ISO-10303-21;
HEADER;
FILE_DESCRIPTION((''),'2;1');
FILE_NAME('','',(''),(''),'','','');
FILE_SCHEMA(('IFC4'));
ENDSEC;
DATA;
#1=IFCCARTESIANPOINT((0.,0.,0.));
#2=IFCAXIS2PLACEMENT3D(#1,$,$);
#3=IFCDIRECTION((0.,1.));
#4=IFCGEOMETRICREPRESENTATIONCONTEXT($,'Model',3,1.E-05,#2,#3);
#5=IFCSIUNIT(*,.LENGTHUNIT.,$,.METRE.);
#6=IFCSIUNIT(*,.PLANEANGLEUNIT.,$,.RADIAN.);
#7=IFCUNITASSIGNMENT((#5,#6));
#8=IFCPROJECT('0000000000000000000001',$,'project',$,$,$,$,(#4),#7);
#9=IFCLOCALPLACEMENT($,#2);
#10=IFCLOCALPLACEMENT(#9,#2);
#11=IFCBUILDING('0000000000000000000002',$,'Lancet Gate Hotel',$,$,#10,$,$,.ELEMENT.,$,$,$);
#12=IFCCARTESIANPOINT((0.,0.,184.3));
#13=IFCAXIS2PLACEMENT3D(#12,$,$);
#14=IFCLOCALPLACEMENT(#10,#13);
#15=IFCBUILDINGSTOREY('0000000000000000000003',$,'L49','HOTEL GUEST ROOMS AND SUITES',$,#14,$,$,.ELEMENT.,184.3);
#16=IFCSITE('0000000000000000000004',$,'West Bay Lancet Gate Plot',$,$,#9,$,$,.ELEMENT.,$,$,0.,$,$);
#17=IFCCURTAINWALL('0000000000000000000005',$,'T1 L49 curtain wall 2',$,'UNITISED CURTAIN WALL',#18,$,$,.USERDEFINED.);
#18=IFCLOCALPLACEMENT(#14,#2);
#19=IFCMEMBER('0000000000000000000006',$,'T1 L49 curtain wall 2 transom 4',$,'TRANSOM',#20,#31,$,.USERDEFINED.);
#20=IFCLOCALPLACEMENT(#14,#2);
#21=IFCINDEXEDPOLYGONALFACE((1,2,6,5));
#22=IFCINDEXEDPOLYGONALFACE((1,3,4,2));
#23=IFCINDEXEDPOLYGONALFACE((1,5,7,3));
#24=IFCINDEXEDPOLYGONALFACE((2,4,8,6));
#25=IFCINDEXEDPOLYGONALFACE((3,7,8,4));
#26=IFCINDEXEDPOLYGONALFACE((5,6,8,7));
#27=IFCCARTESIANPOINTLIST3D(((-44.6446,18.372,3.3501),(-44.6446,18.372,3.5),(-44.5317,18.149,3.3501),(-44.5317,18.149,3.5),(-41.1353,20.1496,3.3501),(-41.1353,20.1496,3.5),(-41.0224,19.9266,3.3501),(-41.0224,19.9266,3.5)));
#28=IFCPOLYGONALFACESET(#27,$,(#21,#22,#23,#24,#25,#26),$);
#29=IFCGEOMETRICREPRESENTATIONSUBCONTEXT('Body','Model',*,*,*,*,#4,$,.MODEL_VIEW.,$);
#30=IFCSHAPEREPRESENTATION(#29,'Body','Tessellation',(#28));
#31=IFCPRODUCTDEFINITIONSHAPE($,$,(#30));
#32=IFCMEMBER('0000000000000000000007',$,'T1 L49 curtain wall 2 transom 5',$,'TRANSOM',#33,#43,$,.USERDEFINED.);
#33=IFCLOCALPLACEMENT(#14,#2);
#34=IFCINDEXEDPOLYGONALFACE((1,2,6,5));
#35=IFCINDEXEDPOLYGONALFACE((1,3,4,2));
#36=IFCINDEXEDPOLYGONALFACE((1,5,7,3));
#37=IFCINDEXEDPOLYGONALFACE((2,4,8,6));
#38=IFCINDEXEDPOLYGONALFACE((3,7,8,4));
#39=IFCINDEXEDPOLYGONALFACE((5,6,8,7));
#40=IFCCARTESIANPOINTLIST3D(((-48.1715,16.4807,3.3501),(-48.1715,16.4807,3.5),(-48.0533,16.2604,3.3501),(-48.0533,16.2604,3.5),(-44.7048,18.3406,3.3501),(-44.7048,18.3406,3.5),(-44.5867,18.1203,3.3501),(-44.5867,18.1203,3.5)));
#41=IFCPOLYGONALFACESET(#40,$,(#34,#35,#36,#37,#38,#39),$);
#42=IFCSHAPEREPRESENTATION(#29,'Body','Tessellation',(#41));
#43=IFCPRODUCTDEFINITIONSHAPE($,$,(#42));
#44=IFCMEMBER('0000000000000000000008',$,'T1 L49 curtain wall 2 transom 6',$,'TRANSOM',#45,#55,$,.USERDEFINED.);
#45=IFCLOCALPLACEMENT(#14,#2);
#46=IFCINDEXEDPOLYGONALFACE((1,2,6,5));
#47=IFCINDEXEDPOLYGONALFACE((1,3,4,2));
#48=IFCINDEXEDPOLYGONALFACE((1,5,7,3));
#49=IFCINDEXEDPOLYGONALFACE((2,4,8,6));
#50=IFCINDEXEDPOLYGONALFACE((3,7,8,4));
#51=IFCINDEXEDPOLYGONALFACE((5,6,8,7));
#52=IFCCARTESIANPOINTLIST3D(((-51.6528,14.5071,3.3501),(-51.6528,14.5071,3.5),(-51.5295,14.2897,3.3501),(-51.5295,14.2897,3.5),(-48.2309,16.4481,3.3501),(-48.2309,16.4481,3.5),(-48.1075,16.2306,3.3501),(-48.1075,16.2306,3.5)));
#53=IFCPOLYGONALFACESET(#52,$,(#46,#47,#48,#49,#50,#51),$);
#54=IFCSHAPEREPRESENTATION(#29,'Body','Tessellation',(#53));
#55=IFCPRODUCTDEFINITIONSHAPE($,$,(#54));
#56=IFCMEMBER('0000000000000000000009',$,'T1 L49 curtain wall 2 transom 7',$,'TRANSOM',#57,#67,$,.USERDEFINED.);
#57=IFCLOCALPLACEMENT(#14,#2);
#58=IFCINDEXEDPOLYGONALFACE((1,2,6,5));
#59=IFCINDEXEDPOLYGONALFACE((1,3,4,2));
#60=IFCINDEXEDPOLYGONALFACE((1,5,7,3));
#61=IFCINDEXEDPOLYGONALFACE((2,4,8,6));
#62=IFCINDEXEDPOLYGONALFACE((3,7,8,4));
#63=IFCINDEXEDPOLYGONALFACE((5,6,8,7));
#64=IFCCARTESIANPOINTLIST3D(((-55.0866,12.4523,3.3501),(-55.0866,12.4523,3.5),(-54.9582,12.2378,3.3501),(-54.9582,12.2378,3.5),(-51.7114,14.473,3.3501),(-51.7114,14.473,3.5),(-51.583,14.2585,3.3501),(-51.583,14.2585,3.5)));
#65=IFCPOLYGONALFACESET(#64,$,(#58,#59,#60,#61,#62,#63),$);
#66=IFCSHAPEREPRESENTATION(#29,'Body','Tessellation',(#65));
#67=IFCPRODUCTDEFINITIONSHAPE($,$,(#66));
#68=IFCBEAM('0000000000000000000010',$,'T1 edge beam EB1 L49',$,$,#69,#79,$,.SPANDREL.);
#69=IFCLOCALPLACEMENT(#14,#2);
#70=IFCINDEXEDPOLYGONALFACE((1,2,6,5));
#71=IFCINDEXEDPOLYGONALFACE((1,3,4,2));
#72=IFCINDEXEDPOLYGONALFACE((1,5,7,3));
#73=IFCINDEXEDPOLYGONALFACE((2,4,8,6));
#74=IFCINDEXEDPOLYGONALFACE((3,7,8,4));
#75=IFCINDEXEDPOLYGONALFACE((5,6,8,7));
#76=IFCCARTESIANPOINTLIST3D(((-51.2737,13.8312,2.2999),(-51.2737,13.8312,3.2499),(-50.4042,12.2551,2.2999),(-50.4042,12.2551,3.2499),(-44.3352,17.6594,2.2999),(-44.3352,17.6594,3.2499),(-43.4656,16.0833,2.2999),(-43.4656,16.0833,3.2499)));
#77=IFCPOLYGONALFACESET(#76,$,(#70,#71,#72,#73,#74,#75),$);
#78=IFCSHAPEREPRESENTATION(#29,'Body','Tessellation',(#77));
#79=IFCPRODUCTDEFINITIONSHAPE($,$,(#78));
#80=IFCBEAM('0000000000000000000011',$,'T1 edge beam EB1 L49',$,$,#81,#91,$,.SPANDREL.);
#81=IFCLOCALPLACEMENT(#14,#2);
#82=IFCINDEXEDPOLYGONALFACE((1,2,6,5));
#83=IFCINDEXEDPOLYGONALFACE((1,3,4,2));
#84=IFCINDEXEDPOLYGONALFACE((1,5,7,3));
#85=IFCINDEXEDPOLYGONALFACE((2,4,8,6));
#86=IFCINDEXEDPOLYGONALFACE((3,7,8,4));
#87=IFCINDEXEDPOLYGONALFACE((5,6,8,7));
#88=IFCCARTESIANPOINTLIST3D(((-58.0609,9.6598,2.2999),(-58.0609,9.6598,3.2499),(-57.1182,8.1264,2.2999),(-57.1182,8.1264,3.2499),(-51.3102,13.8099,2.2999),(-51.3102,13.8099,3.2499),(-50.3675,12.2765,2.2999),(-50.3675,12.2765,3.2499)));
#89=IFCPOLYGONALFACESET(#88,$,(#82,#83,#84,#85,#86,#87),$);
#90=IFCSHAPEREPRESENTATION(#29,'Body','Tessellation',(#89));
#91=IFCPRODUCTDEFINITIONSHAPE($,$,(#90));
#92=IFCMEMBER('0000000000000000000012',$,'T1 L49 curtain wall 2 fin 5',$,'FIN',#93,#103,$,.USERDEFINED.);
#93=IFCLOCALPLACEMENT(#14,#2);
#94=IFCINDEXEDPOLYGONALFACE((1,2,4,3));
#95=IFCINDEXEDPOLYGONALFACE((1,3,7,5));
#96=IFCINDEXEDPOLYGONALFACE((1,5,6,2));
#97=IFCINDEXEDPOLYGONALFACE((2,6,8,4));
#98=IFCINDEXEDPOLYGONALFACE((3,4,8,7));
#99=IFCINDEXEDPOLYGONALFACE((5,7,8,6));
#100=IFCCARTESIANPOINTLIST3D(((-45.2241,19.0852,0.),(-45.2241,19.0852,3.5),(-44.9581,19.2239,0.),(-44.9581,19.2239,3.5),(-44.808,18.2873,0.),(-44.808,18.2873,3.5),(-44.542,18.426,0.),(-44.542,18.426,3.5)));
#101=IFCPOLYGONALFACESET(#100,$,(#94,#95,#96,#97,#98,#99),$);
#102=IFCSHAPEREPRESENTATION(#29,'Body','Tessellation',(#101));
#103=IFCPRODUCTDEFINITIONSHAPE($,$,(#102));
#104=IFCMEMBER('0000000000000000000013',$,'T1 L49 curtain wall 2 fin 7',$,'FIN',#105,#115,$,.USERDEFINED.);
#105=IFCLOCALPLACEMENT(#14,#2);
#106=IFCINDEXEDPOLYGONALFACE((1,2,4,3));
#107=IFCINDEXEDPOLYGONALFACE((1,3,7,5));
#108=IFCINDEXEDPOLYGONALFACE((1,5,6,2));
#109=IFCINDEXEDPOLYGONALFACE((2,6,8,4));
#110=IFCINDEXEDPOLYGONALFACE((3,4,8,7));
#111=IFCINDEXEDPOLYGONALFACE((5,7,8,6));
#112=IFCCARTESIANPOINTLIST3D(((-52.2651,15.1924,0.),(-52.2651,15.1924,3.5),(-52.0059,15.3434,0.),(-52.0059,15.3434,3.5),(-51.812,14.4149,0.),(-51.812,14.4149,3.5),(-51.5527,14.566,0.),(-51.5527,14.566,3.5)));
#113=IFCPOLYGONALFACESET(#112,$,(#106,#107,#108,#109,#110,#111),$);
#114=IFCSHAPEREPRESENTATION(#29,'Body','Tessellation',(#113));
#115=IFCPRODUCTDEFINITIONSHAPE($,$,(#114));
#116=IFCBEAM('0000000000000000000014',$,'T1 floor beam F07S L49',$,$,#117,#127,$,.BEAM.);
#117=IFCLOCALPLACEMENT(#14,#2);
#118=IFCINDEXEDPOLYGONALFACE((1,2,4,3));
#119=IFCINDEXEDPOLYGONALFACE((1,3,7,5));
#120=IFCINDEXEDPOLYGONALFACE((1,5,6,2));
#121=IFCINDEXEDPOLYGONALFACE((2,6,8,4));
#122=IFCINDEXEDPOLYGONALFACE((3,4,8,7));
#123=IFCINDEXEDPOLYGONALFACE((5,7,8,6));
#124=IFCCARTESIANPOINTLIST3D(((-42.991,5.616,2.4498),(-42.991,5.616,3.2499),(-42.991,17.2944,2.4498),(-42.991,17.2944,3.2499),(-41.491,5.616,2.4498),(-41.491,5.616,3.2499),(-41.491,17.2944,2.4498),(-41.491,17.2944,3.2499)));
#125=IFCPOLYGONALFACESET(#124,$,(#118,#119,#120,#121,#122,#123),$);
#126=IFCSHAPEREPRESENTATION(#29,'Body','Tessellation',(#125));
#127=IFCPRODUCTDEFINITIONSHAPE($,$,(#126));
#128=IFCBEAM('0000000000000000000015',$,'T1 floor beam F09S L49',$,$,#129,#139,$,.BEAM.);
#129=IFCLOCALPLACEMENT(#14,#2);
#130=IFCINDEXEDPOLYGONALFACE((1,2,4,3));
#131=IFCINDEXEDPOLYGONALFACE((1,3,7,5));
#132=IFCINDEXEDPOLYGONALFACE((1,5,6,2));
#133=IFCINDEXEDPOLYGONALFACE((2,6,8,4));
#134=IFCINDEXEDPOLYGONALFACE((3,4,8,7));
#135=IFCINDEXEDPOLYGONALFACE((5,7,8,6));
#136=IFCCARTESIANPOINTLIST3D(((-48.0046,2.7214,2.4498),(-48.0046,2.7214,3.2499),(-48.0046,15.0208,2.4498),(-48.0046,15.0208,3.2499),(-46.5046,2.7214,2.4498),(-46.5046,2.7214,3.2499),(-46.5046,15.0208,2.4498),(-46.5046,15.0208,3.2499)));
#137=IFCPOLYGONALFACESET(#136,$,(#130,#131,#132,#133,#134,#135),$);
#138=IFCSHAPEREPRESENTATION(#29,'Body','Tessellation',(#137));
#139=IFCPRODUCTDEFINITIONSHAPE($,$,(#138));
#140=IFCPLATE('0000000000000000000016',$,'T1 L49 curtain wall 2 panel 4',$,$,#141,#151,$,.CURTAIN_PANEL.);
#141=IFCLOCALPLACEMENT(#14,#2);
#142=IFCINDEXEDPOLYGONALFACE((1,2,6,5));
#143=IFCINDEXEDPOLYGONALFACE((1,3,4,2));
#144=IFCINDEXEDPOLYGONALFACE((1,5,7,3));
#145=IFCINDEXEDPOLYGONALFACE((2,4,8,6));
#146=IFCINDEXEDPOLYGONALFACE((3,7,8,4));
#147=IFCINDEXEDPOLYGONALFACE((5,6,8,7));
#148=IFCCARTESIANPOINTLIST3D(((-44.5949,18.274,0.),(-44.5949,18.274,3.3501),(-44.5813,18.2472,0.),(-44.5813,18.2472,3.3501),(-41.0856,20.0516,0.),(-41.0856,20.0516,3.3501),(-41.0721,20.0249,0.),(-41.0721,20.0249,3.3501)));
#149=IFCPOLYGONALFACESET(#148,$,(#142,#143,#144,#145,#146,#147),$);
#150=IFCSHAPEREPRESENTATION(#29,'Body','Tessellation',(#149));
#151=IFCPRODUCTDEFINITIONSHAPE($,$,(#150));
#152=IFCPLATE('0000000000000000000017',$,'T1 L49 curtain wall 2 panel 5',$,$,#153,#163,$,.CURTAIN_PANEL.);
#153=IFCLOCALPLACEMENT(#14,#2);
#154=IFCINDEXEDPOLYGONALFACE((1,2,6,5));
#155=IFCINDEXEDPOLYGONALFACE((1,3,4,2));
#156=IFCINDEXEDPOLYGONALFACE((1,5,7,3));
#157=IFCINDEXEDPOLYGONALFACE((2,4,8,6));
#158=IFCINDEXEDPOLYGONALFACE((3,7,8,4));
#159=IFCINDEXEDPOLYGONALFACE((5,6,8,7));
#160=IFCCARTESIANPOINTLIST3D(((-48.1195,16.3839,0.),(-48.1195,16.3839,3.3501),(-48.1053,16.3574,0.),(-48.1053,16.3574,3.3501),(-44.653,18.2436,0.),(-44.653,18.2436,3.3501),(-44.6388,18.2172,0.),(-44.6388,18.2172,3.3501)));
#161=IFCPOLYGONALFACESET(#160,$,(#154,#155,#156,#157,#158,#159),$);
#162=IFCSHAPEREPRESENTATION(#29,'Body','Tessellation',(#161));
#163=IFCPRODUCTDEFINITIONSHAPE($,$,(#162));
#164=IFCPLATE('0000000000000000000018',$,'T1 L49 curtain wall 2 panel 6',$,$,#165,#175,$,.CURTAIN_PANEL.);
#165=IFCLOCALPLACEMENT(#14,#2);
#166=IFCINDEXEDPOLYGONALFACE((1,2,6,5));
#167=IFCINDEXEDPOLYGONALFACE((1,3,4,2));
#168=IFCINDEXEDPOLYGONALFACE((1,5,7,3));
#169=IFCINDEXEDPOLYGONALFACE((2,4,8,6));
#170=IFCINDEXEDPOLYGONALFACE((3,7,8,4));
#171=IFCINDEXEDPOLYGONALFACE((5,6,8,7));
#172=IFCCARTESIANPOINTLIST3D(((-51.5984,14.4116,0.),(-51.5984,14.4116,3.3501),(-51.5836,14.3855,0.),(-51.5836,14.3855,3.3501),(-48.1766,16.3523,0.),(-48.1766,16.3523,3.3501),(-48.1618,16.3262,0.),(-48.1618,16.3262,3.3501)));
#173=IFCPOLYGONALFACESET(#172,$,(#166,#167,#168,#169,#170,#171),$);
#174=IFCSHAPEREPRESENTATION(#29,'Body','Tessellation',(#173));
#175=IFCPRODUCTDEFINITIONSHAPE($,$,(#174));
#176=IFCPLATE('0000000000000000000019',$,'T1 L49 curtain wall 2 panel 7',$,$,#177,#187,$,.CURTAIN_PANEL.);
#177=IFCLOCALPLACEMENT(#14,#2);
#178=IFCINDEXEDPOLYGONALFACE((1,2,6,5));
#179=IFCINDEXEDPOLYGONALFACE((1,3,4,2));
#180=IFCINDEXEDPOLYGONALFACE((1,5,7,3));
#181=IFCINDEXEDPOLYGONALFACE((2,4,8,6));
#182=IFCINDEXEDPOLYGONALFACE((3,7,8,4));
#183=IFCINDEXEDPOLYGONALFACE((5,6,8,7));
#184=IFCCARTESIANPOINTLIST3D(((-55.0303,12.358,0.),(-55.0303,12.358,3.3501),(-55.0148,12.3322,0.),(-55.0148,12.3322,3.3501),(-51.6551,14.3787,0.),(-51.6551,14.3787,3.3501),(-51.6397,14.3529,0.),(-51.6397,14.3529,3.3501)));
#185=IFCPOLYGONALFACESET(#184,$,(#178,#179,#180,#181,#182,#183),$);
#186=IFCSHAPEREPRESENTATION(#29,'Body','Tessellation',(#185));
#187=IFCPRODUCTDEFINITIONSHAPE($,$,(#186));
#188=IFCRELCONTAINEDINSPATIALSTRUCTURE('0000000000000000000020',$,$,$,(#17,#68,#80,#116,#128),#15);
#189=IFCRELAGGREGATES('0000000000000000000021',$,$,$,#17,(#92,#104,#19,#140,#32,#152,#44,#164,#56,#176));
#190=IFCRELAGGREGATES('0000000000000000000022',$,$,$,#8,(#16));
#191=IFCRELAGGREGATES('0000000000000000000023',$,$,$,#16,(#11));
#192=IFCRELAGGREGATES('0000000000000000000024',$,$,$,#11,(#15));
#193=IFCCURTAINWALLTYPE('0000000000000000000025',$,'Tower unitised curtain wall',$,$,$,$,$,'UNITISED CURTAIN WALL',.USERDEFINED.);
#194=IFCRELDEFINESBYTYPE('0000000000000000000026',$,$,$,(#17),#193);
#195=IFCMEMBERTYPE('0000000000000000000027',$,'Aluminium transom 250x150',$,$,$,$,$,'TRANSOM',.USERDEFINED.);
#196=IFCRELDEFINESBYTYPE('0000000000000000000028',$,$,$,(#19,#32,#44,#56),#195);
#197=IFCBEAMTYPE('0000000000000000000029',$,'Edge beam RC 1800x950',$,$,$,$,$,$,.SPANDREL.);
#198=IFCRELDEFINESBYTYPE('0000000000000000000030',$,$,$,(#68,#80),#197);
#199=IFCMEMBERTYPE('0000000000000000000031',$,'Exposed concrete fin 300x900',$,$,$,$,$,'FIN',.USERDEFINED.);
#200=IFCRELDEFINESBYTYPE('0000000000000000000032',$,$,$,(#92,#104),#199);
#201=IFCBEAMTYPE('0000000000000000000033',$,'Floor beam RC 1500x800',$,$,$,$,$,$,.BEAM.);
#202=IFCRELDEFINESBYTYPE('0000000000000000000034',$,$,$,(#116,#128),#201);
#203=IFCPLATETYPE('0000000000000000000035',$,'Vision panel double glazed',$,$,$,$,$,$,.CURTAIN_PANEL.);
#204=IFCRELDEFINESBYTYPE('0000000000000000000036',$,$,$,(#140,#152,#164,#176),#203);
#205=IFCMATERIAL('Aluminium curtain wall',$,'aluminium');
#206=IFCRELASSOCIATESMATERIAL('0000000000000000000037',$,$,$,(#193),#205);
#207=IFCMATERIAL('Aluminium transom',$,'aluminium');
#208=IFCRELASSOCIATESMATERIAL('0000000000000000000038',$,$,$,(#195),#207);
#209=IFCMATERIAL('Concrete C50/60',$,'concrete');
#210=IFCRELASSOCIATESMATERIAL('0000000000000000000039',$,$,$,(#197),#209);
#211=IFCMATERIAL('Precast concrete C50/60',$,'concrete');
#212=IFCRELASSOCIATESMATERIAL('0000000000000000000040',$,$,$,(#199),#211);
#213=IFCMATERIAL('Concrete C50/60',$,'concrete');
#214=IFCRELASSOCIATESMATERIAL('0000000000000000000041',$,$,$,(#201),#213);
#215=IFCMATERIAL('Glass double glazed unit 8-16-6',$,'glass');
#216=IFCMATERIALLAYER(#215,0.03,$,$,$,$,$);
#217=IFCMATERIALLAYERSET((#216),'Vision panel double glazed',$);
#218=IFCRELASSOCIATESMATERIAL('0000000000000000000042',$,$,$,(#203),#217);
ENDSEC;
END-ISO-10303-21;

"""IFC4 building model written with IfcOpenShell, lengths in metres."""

from ifc_helpers import new_model, si_unit, direction, frame, origin, origin_2d, place, context, subcontext, project, spatial, rectangle, extrude, material, layer, layer_set, material_profile, profile_set, type_object, element, aggregate, save


model = new_model("IFC4")

# Units and contexts
model_context = context("Model", 3, precision=1e-05, world=origin(), true_north=direction((0.0, 1.0)))
body_context = subcontext(model_context, "Body", "Model", "MODEL_VIEW")
ifc_project = project(units=[si_unit("LENGTHUNIT", "METRE"), si_unit("PLANEANGLEUNIT", "RADIAN")], contexts=[model_context])

# Site, building, storey
site_placement = place(None, origin())
site = spatial("IfcSite", under=ifc_project, at=site_placement, Name="West Bay Lancet Gate Plot", CompositionType="ELEMENT", RefElevation=0.0)
building_placement = place(site_placement, origin())
building = spatial("IfcBuilding", under=site, at=building_placement, Name="Lancet Gate Hotel", CompositionType="ELEMENT")
storey_placement = place(building_placement, frame((0.0, 0.0, 184.3)))
storey = spatial("IfcBuildingStorey", under=building, at=storey_placement, Name="L49", Description="HOTEL GUEST ROOMS AND SUITES", CompositionType="ELEMENT", Elevation=184.3)

# Curtain wall, members
ifc_material_1 = material(Name="Aluminium curtain wall", Category="aluminium")
curtain_wall_type = type_object("IfcCurtainWallType", Name="Tower unitised curtain wall", ElementType="UNITISED CURTAIN WALL", PredefinedType="USERDEFINED", material=ifc_material_1)
curtain_wall_placement = place(storey_placement, origin())
curtain_wall = element("IfcCurtainWall", 1, at=curtain_wall_placement, inside=storey, type_object=curtain_wall_type, Name="T1 L49 curtain wall 2", ObjectType="UNITISED CURTAIN WALL", PredefinedType="USERDEFINED")
ifc_material_2 = material(Name="Aluminium transom", Category="aluminium")
ifc_material_profile_1 = material_profile(ifc_material_2, rectangle(XDim=0.25, YDim=0.1499, at=origin_2d()), Name="TRANSOM 250x150")
ifc_profile_set_1 = profile_set([ifc_material_profile_1], Name="Aluminium transom")
member_type_1 = type_object("IfcMemberType", Name="Aluminium transom 250x150", ElementType="TRANSOM", PredefinedType="USERDEFINED", material=ifc_profile_set_1)
member_1_placement = place(storey_placement, frame((-41.0789, 20.0381, 3.425), z_axis=(-0.892081, -0.451875, 0.0), x_axis=(0.451875, -0.892081, 0.0)))
member_1 = element("IfcMember", 2, at=member_1_placement, type_object=member_type_1, Name="T1 L49 curtain wall 2 transom 4", ObjectType="TRANSOM", PredefinedType="USERDEFINED", context=body_context, shape_type="SweptSolid", body=[
    extrude(rectangle(XDim=0.25, YDim=0.1499, at=origin_2d()), origin(), (0.0, 0.0, 1.0), 3.9338),
])
member_2_placement = place(storey_placement, frame((-44.6458, 18.2305, 3.425), z_axis=(-0.881185, -0.472771, 0.0), x_axis=(0.472771, -0.881185, 0.0)))
member_2 = element("IfcMember", 3, at=member_2_placement, type_object=member_type_1, Name="T1 L49 curtain wall 2 transom 5", ObjectType="TRANSOM", PredefinedType="USERDEFINED", context=body_context, shape_type="SweptSolid", body=[
    extrude(rectangle(XDim=0.25, YDim=0.1499, at=origin_2d()), origin(), (0.0, 0.0, 1.0), 3.9341),
])
member_3_placement = place(storey_placement, frame((-48.1692, 16.3394, 3.425), z_axis=(-0.86982, -0.49337, 0.0), x_axis=(0.49337, -0.86982, 0.0)))
member_3 = element("IfcMember", 4, at=member_3_placement, type_object=member_type_1, Name="T1 L49 curtain wall 2 transom 6", ObjectType="TRANSOM", PredefinedType="USERDEFINED", context=body_context, shape_type="SweptSolid", body=[
    extrude(rectangle(XDim=0.25, YDim=0.1499, at=origin_2d()), origin(), (0.0, 0.0, 1.0), 3.9341),
])
member_4_placement = place(storey_placement, frame((-51.6472, 14.3657, 3.425), z_axis=(-0.857985, -0.513674, 0.0), x_axis=(0.513674, -0.857985, 0.0)))
member_4 = element("IfcMember", 5, at=member_4_placement, type_object=member_type_1, Name="T1 L49 curtain wall 2 transom 7", ObjectType="TRANSOM", PredefinedType="USERDEFINED", context=body_context, shape_type="SweptSolid", body=[
    extrude(rectangle(XDim=0.25, YDim=0.1499, at=origin_2d()), origin(), (0.0, 0.0, 1.0), 3.9338),
])

# Beams
ifc_material_3 = material(Name="Concrete C50/60", Category="concrete")
ifc_material_profile_2 = material_profile(ifc_material_3, rectangle(XDim=1.8, YDim=0.95, at=origin_2d()), Name="RC 1800x950")
ifc_profile_set_2 = profile_set([ifc_material_profile_2], Name="Concrete C50/60")
beam_type_1 = type_object("IfcBeamType", Name="Edge beam RC 1800x950", PredefinedType="SPANDREL", material=ifc_profile_set_2)
beam_1_placement = place(storey_placement, frame((-43.9004, 16.8713, 2.7749), z_axis=(-0.875578, -0.483077, 0.0), x_axis=(0.483077, -0.875578, 0.0)))
element("IfcBeam", 6, at=beam_1_placement, inside=storey, type_object=beam_type_1, Name="T1 edge beam EB1 L49", PredefinedType="SPANDREL", context=body_context, shape_type="SweptSolid", body=[
    extrude(rectangle(XDim=1.8, YDim=0.95, at=origin_2d()), origin(), (0.0, 0.0, 1.0), 7.9246),
])
beam_2_placement = place(storey_placement, frame((-50.8389, 13.0432, 2.7749), z_axis=(-0.851892, -0.523717, 0.0), x_axis=(0.523717, -0.851892, 0.0)))
element("IfcBeam", 7, at=beam_2_placement, inside=storey, type_object=beam_type_1, Name="T1 edge beam EB1 L49", PredefinedType="SPANDREL", context=body_context, shape_type="SweptSolid", body=[
    extrude(rectangle(XDim=1.8, YDim=0.95, at=origin_2d()), origin(), (0.0, 0.0, 1.0), 7.9243),
])

# Members
ifc_material_4 = material(Name="Precast concrete C50/60", Category="concrete")
ifc_material_profile_3 = material_profile(ifc_material_4, rectangle(XDim=0.3, YDim=0.8999, at=origin_2d()), Name="FIN 300x900")
ifc_profile_set_3 = profile_set([ifc_material_profile_3], Name="Precast concrete C50/60")
member_type_2 = type_object("IfcMemberType", Name="Exposed concrete fin 300x900", ElementType="FIN", PredefinedType="USERDEFINED", material=ifc_profile_set_3)
member_5_placement = place(storey_placement, frame((-44.8831, 18.7556, 0.0), z_axis=(0.0, 0.0, 1.0), x_axis=(-0.886694, -0.462356, 0.0)))
member_5 = element("IfcMember", 8, at=member_5_placement, type_object=member_type_2, Name="T1 L49 curtain wall 2 fin 5", ObjectType="FIN", PredefinedType="USERDEFINED", context=body_context, shape_type="SweptSolid", body=[
    extrude(rectangle(XDim=0.3, YDim=0.8999, at=origin_2d()), origin(), (0.0, 0.0, 1.0), 3.5),
])
member_6_placement = place(storey_placement, frame((-51.9089, 14.8792, 0.0), z_axis=(0.0, 0.0, 1.0), x_axis=(-0.863969, -0.503545, 0.0)))
member_6 = element("IfcMember", 9, at=member_6_placement, type_object=member_type_2, Name="T1 L49 curtain wall 2 fin 7", ObjectType="FIN", PredefinedType="USERDEFINED", context=body_context, shape_type="SweptSolid", body=[
    extrude(rectangle(XDim=0.3, YDim=0.8999, at=origin_2d()), origin(), (0.0, 0.0, 1.0), 3.5),
])

# Beams
ifc_material_5 = material(Name="Concrete C50/60", Category="concrete")
ifc_material_profile_4 = material_profile(ifc_material_5, rectangle(XDim=1.5, YDim=0.8, at=origin_2d()), Name="RC 1500x800")
ifc_profile_set_4 = profile_set([ifc_material_profile_4], Name="Concrete C50/60")
beam_type_2 = type_object("IfcBeamType", Name="Floor beam RC 1500x800", PredefinedType="BEAM", material=ifc_profile_set_4)
beam_3_placement = place(storey_placement, frame((-42.241, 17.2944, 2.8499), z_axis=(0.0, -1.0, 0.0), x_axis=(1.0, 0.0, 0.0)))
element("IfcBeam", 10, at=beam_3_placement, inside=storey, type_object=beam_type_2, Name="T1 floor beam F07S L49", PredefinedType="BEAM", context=body_context, shape_type="SweptSolid", body=[
    extrude(rectangle(XDim=1.5, YDim=0.8, at=origin_2d()), origin(), (0.0, 0.0, 1.0), 11.6785),
])
beam_4_placement = place(storey_placement, frame((-47.2546, 15.0208, 2.8499), z_axis=(0.0, -1.0, 0.0), x_axis=(1.0, 0.0, 0.0)))
element("IfcBeam", 11, at=beam_4_placement, inside=storey, type_object=beam_type_2, Name="T1 floor beam F09S L49", PredefinedType="BEAM", context=body_context, shape_type="SweptSolid", body=[
    extrude(rectangle(XDim=1.5, YDim=0.8, at=origin_2d()), origin(), (0.0, 0.0, 1.0), 12.2993),
])

# Plates
ifc_material_6 = material(Name="Glass double glazed unit 8-16-6", Category="glass")
ifc_layer_1 = layer(ifc_material_6, 0.03)
ifc_layer_set_1 = layer_set([ifc_layer_1], Name="Vision panel double glazed")
plate_type = type_object("IfcPlateType", Name="Vision panel double glazed", PredefinedType="CURTAIN_PANEL", material=ifc_layer_set_1)
plate_1_placement = place(storey_placement, frame((-42.8335, 19.1494, 0.0), z_axis=(0.0, 0.0, 1.0), x_axis=(-0.892071, -0.451895, 0.0)))
plate_1 = element("IfcPlate", 12, at=plate_1_placement, type_object=plate_type, Name="T1 L49 curtain wall 2 panel 4", PredefinedType="CURTAIN_PANEL", context=body_context, shape_type="SweptSolid", body=[
    extrude(rectangle(XDim=3.9338, YDim=0.03, at=origin_2d()), origin(), (0.0, 0.0, 1.0), 3.3501),
])
plate_2_placement = place(storey_placement, frame((-46.3792, 17.3005, 0.0), z_axis=(0.0, 0.0, 1.0), x_axis=(-0.881195, -0.472753, 0.0)))
plate_2 = element("IfcPlate", 13, at=plate_2_placement, type_object=plate_type, Name="T1 L49 curtain wall 2 panel 5", PredefinedType="CURTAIN_PANEL", context=body_context, shape_type="SweptSolid", body=[
    extrude(rectangle(XDim=3.9338, YDim=0.03, at=origin_2d()), origin(), (0.0, 0.0, 1.0), 3.3501),
])
plate_3_placement = place(storey_placement, frame((-49.8801, 15.3689, 0.0), z_axis=(0.0, 0.0, 1.0), x_axis=(-0.869831, -0.493349, 0.0)))
plate_3 = element("IfcPlate", 14, at=plate_3_placement, type_object=plate_type, Name="T1 L49 curtain wall 2 panel 6", PredefinedType="CURTAIN_PANEL", context=body_context, shape_type="SweptSolid", body=[
    extrude(rectangle(XDim=3.9338, YDim=0.03, at=origin_2d()), origin(), (0.0, 0.0, 1.0), 3.3501),
])
plate_4_placement = place(storey_placement, frame((-53.335, 13.3555, 0.0), z_axis=(0.0, 0.0, 1.0), x_axis=(-0.857987, -0.513672, 0.0)))
plate_4 = element("IfcPlate", 15, at=plate_4_placement, type_object=plate_type, Name="T1 L49 curtain wall 2 panel 7", PredefinedType="CURTAIN_PANEL", context=body_context, shape_type="SweptSolid", body=[
    extrude(rectangle(XDim=3.9338, YDim=0.03, at=origin_2d()), origin(), (0.0, 0.0, 1.0), 3.3501),
])
aggregate(curtain_wall, [member_5, member_6, member_1, plate_1, member_2, plate_2, member_3, plate_3, member_4, plate_4])

save(model, "model.ifc")
